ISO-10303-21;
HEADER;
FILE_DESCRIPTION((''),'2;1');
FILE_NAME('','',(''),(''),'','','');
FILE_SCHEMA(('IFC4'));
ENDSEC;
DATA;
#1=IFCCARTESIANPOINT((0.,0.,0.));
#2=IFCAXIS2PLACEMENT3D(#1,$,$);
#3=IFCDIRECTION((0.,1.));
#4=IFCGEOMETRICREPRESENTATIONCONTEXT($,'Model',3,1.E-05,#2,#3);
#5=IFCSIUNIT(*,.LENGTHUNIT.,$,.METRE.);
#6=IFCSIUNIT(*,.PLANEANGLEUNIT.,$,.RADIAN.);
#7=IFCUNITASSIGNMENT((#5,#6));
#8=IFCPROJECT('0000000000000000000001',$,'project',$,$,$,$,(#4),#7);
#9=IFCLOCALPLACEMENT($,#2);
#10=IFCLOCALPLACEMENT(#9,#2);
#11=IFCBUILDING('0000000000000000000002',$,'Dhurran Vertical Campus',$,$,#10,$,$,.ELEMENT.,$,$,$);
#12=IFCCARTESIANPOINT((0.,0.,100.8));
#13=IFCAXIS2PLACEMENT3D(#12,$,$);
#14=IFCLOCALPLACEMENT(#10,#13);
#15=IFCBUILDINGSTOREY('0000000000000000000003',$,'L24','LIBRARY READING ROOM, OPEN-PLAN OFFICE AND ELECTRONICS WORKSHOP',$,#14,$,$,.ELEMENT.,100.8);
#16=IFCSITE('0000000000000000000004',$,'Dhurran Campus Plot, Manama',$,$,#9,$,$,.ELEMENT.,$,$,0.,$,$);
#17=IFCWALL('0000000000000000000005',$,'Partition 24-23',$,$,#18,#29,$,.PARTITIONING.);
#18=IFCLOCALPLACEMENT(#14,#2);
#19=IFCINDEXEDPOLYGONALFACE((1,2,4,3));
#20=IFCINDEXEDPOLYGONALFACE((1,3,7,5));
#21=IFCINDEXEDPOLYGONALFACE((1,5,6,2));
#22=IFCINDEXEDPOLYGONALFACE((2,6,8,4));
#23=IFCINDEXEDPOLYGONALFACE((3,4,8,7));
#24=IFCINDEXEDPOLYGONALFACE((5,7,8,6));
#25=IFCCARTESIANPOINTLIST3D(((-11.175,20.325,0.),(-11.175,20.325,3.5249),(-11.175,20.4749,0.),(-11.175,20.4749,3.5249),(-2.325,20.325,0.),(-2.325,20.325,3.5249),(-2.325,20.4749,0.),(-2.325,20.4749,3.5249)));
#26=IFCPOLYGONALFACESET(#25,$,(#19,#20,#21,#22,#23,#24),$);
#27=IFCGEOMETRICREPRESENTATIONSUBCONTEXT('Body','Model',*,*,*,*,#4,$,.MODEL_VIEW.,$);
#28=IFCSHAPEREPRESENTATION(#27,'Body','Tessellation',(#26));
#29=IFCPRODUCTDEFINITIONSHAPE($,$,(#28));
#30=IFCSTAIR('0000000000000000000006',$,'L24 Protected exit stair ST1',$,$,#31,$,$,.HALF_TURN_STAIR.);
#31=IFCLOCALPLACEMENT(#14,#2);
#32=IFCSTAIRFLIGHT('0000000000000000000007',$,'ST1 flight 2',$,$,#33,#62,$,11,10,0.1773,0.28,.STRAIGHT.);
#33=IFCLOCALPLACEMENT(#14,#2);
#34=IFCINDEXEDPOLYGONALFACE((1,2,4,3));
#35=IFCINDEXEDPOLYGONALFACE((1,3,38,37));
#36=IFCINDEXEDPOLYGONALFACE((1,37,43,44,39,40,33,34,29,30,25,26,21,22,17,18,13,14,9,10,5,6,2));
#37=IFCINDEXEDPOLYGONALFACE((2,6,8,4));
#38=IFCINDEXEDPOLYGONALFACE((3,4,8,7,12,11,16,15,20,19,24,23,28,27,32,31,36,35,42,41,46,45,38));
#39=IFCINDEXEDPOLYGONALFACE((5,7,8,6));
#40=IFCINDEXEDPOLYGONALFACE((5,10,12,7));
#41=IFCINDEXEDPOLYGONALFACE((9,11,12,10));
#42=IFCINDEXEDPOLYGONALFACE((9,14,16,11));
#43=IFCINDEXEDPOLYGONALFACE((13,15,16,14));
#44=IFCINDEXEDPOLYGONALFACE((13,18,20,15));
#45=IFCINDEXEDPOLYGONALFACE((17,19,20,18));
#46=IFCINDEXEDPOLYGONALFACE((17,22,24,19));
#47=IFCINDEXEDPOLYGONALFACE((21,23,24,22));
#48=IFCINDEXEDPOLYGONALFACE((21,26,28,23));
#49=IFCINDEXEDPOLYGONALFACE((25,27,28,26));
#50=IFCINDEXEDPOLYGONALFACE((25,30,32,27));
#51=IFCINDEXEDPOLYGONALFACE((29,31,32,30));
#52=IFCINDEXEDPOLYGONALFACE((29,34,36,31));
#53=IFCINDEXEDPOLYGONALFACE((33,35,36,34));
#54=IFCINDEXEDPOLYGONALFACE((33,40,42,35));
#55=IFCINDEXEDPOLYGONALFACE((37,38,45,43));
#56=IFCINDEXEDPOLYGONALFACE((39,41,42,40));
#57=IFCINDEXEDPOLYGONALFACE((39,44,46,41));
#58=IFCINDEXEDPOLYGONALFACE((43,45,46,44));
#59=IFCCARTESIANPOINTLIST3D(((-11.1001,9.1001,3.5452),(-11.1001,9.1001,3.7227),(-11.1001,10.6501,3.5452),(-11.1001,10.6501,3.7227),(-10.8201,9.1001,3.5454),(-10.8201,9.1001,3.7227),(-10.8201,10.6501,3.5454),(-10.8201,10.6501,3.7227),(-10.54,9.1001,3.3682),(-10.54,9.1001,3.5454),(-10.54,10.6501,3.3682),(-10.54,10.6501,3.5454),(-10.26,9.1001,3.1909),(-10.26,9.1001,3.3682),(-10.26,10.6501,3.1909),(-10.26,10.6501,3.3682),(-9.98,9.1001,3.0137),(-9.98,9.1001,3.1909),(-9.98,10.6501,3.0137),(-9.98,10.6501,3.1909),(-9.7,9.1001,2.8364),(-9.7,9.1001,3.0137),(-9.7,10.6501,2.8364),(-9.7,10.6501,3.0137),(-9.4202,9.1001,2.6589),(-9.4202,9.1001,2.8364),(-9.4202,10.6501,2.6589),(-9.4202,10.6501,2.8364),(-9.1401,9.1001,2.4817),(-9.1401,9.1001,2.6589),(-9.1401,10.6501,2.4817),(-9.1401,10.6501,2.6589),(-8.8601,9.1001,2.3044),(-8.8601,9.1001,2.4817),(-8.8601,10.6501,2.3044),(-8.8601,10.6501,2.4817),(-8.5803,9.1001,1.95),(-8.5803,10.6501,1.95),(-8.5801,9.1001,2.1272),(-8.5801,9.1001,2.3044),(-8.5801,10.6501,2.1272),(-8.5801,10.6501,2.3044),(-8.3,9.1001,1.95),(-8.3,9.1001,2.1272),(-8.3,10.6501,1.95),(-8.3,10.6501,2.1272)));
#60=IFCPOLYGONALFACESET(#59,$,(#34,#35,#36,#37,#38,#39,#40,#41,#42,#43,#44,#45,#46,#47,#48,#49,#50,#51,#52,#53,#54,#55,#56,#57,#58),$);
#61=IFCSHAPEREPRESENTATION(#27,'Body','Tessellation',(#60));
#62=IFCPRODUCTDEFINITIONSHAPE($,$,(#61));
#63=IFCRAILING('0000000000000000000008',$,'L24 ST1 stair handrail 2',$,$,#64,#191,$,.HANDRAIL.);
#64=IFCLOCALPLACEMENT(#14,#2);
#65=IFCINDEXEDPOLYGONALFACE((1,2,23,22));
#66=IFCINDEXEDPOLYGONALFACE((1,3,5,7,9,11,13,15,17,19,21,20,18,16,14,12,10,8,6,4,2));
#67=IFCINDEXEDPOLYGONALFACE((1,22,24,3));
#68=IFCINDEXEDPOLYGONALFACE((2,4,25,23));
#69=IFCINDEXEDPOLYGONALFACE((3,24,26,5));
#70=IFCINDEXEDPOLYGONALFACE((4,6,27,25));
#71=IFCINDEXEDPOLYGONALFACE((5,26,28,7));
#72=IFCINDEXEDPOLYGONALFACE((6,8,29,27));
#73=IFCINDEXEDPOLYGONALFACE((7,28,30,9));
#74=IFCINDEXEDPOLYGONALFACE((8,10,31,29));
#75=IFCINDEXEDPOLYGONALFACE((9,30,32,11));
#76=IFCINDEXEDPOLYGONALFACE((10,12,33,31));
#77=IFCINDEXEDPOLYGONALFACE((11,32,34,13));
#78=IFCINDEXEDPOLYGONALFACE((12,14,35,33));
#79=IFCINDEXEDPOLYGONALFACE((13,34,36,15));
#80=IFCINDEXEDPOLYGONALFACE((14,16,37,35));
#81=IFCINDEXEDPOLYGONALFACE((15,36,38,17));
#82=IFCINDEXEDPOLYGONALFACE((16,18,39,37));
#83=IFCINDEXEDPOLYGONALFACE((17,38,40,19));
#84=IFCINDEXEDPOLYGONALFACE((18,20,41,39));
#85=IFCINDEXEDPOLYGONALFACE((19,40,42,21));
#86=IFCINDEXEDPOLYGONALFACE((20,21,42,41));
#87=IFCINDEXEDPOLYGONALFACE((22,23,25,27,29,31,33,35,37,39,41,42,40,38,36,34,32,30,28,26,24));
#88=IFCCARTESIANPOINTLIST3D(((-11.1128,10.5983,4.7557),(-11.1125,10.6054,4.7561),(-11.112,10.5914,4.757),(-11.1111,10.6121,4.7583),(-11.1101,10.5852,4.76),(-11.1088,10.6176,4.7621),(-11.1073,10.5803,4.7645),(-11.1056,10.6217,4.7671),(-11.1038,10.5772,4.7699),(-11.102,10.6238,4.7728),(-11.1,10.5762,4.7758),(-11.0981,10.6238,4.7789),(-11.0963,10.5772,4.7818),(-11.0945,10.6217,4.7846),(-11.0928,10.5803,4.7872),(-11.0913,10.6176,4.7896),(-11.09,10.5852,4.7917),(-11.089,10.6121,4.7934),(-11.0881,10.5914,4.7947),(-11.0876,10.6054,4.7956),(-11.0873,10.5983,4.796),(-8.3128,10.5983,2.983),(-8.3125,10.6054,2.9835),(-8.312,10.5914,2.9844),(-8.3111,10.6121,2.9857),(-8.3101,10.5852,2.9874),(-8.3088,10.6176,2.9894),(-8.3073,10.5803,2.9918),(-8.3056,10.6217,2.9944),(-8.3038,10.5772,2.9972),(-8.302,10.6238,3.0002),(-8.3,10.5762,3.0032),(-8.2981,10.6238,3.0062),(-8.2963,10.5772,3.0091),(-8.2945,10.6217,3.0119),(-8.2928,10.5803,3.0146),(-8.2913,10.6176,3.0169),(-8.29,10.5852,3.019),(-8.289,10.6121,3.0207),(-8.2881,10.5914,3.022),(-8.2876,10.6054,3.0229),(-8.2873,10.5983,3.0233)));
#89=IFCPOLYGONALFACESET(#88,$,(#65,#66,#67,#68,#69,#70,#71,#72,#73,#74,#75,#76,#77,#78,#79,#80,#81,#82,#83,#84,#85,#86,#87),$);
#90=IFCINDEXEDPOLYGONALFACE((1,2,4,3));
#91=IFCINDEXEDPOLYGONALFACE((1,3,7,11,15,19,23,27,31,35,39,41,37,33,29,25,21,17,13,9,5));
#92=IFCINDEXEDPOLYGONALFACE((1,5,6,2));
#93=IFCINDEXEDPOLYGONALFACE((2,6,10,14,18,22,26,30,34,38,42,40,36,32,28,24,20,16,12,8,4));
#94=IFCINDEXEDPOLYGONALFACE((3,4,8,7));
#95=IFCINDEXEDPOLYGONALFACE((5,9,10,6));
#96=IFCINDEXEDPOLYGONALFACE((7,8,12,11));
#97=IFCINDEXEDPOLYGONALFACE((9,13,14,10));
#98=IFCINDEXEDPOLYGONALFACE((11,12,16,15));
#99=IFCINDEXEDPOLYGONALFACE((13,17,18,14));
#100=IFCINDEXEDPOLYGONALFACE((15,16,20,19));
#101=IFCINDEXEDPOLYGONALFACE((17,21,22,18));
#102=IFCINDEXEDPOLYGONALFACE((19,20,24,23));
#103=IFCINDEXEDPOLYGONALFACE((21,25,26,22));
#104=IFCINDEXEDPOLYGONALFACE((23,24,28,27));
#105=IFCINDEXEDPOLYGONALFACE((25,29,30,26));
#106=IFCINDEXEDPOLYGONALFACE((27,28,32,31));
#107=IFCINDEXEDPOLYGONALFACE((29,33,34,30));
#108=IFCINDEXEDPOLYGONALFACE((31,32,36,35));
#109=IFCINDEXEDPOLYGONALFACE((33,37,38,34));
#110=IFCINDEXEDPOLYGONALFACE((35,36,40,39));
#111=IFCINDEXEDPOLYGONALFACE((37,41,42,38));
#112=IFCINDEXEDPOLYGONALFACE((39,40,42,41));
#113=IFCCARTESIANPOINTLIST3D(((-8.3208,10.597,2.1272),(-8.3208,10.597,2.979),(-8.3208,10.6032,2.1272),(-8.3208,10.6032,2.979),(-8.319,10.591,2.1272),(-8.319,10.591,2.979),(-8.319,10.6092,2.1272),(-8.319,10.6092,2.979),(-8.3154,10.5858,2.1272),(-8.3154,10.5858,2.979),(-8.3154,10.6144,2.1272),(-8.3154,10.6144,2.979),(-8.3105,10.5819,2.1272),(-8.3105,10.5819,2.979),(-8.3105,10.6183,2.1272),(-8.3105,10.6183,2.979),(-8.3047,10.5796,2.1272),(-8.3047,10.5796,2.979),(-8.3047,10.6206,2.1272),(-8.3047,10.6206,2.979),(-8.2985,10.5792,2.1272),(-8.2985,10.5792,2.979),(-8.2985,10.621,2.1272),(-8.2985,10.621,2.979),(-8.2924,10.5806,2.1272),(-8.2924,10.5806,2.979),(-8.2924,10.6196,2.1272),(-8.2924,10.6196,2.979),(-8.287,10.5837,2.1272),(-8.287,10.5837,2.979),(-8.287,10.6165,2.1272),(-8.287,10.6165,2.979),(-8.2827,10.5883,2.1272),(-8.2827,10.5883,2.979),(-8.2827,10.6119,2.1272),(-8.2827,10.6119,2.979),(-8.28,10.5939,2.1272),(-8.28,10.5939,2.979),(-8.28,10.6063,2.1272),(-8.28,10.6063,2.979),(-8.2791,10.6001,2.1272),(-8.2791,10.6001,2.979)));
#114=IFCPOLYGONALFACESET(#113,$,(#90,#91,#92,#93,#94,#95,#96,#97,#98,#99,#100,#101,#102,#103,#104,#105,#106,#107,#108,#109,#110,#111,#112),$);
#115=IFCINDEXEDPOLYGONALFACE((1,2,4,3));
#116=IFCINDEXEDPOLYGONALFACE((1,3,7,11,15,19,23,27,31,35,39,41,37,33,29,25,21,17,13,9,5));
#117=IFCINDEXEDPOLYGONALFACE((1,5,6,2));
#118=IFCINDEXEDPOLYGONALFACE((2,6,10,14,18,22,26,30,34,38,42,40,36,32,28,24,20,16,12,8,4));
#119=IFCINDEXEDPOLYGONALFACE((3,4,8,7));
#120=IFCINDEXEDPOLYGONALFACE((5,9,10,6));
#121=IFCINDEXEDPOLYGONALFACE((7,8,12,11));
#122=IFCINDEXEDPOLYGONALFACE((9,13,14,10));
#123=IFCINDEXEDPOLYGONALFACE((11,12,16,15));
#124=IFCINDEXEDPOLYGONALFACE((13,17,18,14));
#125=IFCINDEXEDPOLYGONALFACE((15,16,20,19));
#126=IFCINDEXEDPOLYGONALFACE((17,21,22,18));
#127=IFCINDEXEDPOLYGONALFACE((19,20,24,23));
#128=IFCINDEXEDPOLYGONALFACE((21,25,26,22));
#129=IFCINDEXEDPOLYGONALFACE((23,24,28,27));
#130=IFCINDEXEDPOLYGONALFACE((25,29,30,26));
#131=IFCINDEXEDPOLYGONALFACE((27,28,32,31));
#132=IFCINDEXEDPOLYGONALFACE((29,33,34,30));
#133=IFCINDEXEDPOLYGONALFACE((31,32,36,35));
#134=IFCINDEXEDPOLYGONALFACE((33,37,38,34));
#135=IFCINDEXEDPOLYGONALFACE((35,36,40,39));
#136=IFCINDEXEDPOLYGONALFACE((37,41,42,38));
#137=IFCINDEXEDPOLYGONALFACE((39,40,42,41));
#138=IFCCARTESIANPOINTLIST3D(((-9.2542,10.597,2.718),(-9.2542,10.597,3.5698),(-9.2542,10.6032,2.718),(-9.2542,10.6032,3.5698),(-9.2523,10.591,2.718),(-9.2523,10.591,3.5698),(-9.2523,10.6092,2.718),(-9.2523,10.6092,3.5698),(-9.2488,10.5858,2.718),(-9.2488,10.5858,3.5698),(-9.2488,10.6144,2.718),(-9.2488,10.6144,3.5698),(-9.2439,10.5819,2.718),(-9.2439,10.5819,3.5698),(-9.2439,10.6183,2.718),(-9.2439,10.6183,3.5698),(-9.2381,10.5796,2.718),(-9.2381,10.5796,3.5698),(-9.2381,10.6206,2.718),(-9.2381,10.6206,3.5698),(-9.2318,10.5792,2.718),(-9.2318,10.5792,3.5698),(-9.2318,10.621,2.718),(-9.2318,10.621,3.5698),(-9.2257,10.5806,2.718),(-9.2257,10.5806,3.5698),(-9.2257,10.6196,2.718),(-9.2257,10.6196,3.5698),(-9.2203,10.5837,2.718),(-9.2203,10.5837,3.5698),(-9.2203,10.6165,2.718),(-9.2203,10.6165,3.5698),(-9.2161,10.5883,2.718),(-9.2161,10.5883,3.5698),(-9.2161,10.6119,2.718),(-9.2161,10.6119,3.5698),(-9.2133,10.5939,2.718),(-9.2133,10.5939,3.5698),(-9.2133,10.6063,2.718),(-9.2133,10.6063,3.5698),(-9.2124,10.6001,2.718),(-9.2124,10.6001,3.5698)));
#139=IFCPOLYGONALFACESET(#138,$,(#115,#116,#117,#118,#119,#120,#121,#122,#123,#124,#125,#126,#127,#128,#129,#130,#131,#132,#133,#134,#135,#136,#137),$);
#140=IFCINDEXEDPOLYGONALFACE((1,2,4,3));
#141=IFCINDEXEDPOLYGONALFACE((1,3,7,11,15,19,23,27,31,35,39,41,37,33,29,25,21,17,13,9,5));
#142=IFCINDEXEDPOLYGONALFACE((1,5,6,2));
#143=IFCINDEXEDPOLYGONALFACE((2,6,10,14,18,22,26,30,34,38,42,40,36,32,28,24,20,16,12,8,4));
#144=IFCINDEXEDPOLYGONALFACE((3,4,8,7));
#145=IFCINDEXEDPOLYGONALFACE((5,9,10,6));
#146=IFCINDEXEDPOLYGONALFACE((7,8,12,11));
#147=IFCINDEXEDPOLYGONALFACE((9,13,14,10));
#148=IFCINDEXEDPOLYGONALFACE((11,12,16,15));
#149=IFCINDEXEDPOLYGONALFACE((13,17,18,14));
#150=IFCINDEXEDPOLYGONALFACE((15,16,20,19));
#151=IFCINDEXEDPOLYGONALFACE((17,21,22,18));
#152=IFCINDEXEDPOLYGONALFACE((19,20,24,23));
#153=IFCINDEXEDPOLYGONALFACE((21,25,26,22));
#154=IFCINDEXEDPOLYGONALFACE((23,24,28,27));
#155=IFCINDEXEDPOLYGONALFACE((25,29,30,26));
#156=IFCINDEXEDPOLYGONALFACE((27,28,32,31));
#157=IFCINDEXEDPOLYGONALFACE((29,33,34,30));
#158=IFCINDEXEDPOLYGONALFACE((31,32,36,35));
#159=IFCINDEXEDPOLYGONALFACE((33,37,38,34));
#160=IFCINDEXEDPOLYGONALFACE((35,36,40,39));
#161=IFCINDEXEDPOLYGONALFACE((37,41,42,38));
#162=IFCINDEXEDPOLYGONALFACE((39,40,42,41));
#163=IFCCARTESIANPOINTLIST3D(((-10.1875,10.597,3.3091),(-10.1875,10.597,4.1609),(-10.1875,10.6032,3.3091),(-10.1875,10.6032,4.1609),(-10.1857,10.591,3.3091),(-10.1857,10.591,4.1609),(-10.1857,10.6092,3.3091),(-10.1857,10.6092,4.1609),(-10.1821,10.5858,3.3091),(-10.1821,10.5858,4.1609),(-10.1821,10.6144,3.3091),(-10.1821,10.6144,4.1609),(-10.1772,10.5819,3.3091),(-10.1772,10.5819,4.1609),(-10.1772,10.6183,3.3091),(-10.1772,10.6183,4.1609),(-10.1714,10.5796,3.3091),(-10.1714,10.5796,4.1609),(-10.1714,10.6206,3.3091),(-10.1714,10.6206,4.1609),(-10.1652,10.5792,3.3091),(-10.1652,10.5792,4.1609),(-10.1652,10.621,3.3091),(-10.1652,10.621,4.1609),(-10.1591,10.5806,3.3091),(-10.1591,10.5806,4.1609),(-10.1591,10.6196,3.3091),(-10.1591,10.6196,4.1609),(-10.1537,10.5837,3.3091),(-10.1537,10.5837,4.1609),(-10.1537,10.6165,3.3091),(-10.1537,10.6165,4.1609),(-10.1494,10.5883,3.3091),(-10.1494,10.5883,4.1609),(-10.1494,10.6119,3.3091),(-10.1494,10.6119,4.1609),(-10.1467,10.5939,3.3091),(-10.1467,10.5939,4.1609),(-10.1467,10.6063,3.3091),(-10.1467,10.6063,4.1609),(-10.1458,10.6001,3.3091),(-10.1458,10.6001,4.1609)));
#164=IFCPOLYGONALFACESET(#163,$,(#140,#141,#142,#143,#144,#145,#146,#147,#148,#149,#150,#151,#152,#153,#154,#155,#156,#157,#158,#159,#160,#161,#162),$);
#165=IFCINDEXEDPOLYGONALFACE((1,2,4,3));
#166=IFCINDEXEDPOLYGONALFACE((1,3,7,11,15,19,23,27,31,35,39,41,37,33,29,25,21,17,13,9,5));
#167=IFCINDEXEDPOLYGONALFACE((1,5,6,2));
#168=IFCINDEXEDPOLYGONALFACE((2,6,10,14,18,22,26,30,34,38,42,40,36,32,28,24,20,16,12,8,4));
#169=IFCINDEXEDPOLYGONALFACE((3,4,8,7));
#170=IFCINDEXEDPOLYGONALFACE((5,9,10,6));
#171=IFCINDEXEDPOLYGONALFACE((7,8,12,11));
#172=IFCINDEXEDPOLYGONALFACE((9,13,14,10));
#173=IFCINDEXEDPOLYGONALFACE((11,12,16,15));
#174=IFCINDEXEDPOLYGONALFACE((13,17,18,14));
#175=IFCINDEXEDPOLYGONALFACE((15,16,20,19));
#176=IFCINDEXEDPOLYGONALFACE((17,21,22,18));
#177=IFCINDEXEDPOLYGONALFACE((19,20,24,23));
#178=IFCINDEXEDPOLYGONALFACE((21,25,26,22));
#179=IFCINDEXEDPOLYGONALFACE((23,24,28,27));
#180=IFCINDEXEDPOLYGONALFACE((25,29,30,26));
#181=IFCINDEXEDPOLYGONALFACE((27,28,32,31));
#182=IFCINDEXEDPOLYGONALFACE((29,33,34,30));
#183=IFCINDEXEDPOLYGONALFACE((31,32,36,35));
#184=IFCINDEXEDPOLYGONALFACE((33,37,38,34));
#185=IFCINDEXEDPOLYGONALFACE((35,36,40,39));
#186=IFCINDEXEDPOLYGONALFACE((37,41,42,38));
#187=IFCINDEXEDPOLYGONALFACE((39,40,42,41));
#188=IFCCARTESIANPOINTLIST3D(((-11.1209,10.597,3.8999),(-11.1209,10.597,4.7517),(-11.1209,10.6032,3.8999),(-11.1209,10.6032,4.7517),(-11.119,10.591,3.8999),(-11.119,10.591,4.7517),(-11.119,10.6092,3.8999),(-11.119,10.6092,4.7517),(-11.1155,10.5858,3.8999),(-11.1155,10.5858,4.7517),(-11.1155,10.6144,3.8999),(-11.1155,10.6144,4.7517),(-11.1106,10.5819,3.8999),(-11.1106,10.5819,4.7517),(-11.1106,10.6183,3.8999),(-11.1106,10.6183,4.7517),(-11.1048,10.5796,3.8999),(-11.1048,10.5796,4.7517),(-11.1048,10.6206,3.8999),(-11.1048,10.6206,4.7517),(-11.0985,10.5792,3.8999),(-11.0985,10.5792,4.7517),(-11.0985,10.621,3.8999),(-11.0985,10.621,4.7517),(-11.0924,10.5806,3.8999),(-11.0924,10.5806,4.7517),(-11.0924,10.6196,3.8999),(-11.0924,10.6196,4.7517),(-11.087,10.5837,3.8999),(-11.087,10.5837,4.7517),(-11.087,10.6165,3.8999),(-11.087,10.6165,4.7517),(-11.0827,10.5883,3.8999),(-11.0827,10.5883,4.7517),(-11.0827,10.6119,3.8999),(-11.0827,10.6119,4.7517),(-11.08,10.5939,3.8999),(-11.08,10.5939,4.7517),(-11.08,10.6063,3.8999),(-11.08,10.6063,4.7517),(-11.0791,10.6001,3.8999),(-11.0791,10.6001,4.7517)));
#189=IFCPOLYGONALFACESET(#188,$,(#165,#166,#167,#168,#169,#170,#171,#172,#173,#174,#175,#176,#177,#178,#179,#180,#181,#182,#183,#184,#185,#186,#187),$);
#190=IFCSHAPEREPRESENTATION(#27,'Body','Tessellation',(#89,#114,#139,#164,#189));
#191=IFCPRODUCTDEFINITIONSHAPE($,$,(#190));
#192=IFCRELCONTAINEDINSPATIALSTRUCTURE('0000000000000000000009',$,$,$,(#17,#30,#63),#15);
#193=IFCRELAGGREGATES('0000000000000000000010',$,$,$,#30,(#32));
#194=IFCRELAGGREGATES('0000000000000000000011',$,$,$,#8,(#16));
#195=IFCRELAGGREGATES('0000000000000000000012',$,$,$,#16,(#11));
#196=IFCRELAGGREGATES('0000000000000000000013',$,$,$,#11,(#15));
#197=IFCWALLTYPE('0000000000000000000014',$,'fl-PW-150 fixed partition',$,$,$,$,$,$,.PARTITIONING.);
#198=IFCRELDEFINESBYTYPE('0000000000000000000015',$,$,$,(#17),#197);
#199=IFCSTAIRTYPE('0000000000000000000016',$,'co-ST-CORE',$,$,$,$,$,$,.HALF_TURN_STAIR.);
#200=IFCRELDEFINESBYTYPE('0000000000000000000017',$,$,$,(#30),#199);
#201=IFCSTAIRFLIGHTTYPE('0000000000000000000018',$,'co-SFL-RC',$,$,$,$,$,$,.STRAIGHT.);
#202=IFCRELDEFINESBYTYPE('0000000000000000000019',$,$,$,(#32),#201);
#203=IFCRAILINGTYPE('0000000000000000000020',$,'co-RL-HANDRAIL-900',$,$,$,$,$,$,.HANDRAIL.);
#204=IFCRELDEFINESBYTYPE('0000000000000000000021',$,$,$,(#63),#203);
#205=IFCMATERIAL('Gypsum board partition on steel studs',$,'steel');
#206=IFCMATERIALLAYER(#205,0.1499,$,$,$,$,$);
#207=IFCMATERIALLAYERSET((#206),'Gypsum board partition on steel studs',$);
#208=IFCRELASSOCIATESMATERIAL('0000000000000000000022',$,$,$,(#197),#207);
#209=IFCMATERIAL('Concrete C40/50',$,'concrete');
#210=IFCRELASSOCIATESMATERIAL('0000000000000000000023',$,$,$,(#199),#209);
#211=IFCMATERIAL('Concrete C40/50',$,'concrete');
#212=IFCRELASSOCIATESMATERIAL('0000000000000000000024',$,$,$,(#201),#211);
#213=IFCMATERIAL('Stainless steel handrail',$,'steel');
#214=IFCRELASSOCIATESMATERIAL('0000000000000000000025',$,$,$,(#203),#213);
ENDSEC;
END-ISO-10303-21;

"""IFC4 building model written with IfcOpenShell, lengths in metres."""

from ifc_helpers import new_model, si_unit, direction, frame, frame_2d, origin, origin_2d, place, context, subcontext, project, spatial, polyline, rectangle, circle, outline, extrude, material, layer, layer_set, type_object, element, aggregate, save


model = new_model("IFC4")

# Units and contexts
model_context = context("Model", 3, precision=1e-05, world=origin(), true_north=direction((0.0, 1.0)))
body_context = subcontext(model_context, "Body", "Model", "MODEL_VIEW")
ifc_project = project(units=[si_unit("LENGTHUNIT", "METRE"), si_unit("PLANEANGLEUNIT", "RADIAN")], contexts=[model_context])

# Site, building, storey
site_placement = place(None, origin())
site = spatial("IfcSite", under=ifc_project, at=site_placement, Name="Dhurran Campus Plot, Manama", CompositionType="ELEMENT", RefElevation=0.0)
building_placement = place(site_placement, origin())
building = spatial("IfcBuilding", under=site, at=building_placement, Name="Dhurran Vertical Campus", CompositionType="ELEMENT")
storey_placement = place(building_placement, frame((0.0, 0.0, 100.8)))
storey = spatial("IfcBuildingStorey", under=building, at=storey_placement, Name="L24", Description="LIBRARY READING ROOM, OPEN-PLAN OFFICE AND ELECTRONICS WORKSHOP", CompositionType="ELEMENT", Elevation=100.8)

# Wall
ifc_material_1 = material(Name="Gypsum board partition on steel studs", Category="steel")
ifc_layer_1 = layer(ifc_material_1, 0.1499)
ifc_layer_set_1 = layer_set([ifc_layer_1], Name="Gypsum board partition on steel studs")
wall_type_1 = type_object("IfcWallType", Name="fl-PW-150 fixed partition", PredefinedType="PARTITIONING", material=ifc_layer_set_1)
wall_1_placement = place(storey_placement, frame((-2.325, 20.3999, 0.0), z_axis=(0.0, 0.0, 1.0), x_axis=(-1.0, 0.0, 0.0)))
element("IfcWall", 1, at=wall_1_placement, inside=storey, type_object=wall_type_1, Name="Partition 24-23", PredefinedType="PARTITIONING", context=body_context, shape_type="SweptSolid", body=[
    extrude(rectangle(XDim=8.8501, YDim=0.1499, at=frame_2d((4.425, 0.0))), origin(), (0.0, 0.0, 1.0), 3.5249),
])

# Stair, stair flight
ifc_material_2 = material(Name="Concrete C40/50", Category="concrete")
stair_type = type_object("IfcStairType", Name="co-ST-CORE", PredefinedType="HALF_TURN_STAIR", material=ifc_material_2)
stair_placement = place(storey_placement, origin())
stair = element("IfcStair", 2, at=stair_placement, inside=storey, type_object=stair_type, Name="L24 Protected exit stair ST1", PredefinedType="HALF_TURN_STAIR")
ifc_material_3 = material(Name="Concrete C40/50", Category="concrete")
stair_flight_type = type_object("IfcStairFlightType", Name="co-SFL-RC", PredefinedType="STRAIGHT", material=ifc_material_3)
stair_flight_placement = place(storey_placement, frame((-8.3, 9.875, 1.95), z_axis=(0.0, 0.0, 1.0), x_axis=(-1.0, 0.0, 0.0)))
stair_flight = element("IfcStairFlight", 3, at=stair_flight_placement, type_object=stair_flight_type, Name="ST1 flight 2", NumberOfRisers=11, NumberOfTreads=10, PredefinedType="STRAIGHT", RiserHeight=0.1773, TreadLength=0.28, context=body_context, shape_type="SweptSolid", body=[
    extrude(outline(polyline([(0.0, 0.0), (0.0, 0.1772), (0.28, 0.1772), (0.28, 0.3545), (0.5601, 0.3545), (0.5601, 0.5317), (0.8401, 0.5317), (0.8401, 0.709), (1.1201, 0.709), (1.1201, 0.8865), (1.3999, 0.8865), (1.3999, 1.0637), (1.6799, 1.0637), (1.6799, 1.241), (1.96, 1.241), (1.96, 1.4182), (2.24, 1.4182), (2.24, 1.5955), (2.52, 1.5955), (2.52, 1.7727), (2.8, 1.7727), (2.8, 1.95), (2.8, 1.5952), (0.2803, 0.0), (0.0, 0.0)])), frame((0.0, 0.7749, 0.0), z_axis=(0.0, -1.0, 0.0), x_axis=(1.0, 0.0, 0.0)), (0.0, 0.0, 1.0), 1.55),
])
aggregate(stair, [stair_flight])

# Railing
ifc_material_4 = material(Name="Stainless steel handrail", Category="steel")
railing_type = type_object("IfcRailingType", Name="co-RL-HANDRAIL-900", PredefinedType="HANDRAIL", material=ifc_material_4)
railing_placement = place(storey_placement, frame((-8.3, 10.6001, 2.1272)))
element("IfcRailing", 4, at=railing_placement, inside=storey, type_object=railing_type, Name="L24 ST1 stair handrail 2", PredefinedType="HANDRAIL", context=body_context, shape_type="SweptSolid", body=[
    extrude(circle(Radius=0.0239, at=origin_2d()), frame((0.0, 0.0, 0.876), z_axis=(-0.844909, 0.0, 0.53491), x_axis=(0.0, -1.0, 0.0)), (0.0, 0.0, 1.0), 3.314),
    extrude(circle(Radius=0.021, at=origin_2d()), origin(), (0.0, 0.0, 1.0), 0.8518),
    extrude(circle(Radius=0.021, at=origin_2d()), frame((-0.9333, 0.0, 0.5908)), (0.0, 0.0, 1.0), 0.8518),
    extrude(circle(Radius=0.021, at=origin_2d()), frame((-1.8667, 0.0, 1.1819)), (0.0, 0.0, 1.0), 0.8518),
    extrude(circle(Radius=0.021, at=origin_2d()), frame((-2.8, 0.0, 1.7727)), (0.0, 0.0, 1.0), 0.8518),
])

save(model, "model.ifc")
